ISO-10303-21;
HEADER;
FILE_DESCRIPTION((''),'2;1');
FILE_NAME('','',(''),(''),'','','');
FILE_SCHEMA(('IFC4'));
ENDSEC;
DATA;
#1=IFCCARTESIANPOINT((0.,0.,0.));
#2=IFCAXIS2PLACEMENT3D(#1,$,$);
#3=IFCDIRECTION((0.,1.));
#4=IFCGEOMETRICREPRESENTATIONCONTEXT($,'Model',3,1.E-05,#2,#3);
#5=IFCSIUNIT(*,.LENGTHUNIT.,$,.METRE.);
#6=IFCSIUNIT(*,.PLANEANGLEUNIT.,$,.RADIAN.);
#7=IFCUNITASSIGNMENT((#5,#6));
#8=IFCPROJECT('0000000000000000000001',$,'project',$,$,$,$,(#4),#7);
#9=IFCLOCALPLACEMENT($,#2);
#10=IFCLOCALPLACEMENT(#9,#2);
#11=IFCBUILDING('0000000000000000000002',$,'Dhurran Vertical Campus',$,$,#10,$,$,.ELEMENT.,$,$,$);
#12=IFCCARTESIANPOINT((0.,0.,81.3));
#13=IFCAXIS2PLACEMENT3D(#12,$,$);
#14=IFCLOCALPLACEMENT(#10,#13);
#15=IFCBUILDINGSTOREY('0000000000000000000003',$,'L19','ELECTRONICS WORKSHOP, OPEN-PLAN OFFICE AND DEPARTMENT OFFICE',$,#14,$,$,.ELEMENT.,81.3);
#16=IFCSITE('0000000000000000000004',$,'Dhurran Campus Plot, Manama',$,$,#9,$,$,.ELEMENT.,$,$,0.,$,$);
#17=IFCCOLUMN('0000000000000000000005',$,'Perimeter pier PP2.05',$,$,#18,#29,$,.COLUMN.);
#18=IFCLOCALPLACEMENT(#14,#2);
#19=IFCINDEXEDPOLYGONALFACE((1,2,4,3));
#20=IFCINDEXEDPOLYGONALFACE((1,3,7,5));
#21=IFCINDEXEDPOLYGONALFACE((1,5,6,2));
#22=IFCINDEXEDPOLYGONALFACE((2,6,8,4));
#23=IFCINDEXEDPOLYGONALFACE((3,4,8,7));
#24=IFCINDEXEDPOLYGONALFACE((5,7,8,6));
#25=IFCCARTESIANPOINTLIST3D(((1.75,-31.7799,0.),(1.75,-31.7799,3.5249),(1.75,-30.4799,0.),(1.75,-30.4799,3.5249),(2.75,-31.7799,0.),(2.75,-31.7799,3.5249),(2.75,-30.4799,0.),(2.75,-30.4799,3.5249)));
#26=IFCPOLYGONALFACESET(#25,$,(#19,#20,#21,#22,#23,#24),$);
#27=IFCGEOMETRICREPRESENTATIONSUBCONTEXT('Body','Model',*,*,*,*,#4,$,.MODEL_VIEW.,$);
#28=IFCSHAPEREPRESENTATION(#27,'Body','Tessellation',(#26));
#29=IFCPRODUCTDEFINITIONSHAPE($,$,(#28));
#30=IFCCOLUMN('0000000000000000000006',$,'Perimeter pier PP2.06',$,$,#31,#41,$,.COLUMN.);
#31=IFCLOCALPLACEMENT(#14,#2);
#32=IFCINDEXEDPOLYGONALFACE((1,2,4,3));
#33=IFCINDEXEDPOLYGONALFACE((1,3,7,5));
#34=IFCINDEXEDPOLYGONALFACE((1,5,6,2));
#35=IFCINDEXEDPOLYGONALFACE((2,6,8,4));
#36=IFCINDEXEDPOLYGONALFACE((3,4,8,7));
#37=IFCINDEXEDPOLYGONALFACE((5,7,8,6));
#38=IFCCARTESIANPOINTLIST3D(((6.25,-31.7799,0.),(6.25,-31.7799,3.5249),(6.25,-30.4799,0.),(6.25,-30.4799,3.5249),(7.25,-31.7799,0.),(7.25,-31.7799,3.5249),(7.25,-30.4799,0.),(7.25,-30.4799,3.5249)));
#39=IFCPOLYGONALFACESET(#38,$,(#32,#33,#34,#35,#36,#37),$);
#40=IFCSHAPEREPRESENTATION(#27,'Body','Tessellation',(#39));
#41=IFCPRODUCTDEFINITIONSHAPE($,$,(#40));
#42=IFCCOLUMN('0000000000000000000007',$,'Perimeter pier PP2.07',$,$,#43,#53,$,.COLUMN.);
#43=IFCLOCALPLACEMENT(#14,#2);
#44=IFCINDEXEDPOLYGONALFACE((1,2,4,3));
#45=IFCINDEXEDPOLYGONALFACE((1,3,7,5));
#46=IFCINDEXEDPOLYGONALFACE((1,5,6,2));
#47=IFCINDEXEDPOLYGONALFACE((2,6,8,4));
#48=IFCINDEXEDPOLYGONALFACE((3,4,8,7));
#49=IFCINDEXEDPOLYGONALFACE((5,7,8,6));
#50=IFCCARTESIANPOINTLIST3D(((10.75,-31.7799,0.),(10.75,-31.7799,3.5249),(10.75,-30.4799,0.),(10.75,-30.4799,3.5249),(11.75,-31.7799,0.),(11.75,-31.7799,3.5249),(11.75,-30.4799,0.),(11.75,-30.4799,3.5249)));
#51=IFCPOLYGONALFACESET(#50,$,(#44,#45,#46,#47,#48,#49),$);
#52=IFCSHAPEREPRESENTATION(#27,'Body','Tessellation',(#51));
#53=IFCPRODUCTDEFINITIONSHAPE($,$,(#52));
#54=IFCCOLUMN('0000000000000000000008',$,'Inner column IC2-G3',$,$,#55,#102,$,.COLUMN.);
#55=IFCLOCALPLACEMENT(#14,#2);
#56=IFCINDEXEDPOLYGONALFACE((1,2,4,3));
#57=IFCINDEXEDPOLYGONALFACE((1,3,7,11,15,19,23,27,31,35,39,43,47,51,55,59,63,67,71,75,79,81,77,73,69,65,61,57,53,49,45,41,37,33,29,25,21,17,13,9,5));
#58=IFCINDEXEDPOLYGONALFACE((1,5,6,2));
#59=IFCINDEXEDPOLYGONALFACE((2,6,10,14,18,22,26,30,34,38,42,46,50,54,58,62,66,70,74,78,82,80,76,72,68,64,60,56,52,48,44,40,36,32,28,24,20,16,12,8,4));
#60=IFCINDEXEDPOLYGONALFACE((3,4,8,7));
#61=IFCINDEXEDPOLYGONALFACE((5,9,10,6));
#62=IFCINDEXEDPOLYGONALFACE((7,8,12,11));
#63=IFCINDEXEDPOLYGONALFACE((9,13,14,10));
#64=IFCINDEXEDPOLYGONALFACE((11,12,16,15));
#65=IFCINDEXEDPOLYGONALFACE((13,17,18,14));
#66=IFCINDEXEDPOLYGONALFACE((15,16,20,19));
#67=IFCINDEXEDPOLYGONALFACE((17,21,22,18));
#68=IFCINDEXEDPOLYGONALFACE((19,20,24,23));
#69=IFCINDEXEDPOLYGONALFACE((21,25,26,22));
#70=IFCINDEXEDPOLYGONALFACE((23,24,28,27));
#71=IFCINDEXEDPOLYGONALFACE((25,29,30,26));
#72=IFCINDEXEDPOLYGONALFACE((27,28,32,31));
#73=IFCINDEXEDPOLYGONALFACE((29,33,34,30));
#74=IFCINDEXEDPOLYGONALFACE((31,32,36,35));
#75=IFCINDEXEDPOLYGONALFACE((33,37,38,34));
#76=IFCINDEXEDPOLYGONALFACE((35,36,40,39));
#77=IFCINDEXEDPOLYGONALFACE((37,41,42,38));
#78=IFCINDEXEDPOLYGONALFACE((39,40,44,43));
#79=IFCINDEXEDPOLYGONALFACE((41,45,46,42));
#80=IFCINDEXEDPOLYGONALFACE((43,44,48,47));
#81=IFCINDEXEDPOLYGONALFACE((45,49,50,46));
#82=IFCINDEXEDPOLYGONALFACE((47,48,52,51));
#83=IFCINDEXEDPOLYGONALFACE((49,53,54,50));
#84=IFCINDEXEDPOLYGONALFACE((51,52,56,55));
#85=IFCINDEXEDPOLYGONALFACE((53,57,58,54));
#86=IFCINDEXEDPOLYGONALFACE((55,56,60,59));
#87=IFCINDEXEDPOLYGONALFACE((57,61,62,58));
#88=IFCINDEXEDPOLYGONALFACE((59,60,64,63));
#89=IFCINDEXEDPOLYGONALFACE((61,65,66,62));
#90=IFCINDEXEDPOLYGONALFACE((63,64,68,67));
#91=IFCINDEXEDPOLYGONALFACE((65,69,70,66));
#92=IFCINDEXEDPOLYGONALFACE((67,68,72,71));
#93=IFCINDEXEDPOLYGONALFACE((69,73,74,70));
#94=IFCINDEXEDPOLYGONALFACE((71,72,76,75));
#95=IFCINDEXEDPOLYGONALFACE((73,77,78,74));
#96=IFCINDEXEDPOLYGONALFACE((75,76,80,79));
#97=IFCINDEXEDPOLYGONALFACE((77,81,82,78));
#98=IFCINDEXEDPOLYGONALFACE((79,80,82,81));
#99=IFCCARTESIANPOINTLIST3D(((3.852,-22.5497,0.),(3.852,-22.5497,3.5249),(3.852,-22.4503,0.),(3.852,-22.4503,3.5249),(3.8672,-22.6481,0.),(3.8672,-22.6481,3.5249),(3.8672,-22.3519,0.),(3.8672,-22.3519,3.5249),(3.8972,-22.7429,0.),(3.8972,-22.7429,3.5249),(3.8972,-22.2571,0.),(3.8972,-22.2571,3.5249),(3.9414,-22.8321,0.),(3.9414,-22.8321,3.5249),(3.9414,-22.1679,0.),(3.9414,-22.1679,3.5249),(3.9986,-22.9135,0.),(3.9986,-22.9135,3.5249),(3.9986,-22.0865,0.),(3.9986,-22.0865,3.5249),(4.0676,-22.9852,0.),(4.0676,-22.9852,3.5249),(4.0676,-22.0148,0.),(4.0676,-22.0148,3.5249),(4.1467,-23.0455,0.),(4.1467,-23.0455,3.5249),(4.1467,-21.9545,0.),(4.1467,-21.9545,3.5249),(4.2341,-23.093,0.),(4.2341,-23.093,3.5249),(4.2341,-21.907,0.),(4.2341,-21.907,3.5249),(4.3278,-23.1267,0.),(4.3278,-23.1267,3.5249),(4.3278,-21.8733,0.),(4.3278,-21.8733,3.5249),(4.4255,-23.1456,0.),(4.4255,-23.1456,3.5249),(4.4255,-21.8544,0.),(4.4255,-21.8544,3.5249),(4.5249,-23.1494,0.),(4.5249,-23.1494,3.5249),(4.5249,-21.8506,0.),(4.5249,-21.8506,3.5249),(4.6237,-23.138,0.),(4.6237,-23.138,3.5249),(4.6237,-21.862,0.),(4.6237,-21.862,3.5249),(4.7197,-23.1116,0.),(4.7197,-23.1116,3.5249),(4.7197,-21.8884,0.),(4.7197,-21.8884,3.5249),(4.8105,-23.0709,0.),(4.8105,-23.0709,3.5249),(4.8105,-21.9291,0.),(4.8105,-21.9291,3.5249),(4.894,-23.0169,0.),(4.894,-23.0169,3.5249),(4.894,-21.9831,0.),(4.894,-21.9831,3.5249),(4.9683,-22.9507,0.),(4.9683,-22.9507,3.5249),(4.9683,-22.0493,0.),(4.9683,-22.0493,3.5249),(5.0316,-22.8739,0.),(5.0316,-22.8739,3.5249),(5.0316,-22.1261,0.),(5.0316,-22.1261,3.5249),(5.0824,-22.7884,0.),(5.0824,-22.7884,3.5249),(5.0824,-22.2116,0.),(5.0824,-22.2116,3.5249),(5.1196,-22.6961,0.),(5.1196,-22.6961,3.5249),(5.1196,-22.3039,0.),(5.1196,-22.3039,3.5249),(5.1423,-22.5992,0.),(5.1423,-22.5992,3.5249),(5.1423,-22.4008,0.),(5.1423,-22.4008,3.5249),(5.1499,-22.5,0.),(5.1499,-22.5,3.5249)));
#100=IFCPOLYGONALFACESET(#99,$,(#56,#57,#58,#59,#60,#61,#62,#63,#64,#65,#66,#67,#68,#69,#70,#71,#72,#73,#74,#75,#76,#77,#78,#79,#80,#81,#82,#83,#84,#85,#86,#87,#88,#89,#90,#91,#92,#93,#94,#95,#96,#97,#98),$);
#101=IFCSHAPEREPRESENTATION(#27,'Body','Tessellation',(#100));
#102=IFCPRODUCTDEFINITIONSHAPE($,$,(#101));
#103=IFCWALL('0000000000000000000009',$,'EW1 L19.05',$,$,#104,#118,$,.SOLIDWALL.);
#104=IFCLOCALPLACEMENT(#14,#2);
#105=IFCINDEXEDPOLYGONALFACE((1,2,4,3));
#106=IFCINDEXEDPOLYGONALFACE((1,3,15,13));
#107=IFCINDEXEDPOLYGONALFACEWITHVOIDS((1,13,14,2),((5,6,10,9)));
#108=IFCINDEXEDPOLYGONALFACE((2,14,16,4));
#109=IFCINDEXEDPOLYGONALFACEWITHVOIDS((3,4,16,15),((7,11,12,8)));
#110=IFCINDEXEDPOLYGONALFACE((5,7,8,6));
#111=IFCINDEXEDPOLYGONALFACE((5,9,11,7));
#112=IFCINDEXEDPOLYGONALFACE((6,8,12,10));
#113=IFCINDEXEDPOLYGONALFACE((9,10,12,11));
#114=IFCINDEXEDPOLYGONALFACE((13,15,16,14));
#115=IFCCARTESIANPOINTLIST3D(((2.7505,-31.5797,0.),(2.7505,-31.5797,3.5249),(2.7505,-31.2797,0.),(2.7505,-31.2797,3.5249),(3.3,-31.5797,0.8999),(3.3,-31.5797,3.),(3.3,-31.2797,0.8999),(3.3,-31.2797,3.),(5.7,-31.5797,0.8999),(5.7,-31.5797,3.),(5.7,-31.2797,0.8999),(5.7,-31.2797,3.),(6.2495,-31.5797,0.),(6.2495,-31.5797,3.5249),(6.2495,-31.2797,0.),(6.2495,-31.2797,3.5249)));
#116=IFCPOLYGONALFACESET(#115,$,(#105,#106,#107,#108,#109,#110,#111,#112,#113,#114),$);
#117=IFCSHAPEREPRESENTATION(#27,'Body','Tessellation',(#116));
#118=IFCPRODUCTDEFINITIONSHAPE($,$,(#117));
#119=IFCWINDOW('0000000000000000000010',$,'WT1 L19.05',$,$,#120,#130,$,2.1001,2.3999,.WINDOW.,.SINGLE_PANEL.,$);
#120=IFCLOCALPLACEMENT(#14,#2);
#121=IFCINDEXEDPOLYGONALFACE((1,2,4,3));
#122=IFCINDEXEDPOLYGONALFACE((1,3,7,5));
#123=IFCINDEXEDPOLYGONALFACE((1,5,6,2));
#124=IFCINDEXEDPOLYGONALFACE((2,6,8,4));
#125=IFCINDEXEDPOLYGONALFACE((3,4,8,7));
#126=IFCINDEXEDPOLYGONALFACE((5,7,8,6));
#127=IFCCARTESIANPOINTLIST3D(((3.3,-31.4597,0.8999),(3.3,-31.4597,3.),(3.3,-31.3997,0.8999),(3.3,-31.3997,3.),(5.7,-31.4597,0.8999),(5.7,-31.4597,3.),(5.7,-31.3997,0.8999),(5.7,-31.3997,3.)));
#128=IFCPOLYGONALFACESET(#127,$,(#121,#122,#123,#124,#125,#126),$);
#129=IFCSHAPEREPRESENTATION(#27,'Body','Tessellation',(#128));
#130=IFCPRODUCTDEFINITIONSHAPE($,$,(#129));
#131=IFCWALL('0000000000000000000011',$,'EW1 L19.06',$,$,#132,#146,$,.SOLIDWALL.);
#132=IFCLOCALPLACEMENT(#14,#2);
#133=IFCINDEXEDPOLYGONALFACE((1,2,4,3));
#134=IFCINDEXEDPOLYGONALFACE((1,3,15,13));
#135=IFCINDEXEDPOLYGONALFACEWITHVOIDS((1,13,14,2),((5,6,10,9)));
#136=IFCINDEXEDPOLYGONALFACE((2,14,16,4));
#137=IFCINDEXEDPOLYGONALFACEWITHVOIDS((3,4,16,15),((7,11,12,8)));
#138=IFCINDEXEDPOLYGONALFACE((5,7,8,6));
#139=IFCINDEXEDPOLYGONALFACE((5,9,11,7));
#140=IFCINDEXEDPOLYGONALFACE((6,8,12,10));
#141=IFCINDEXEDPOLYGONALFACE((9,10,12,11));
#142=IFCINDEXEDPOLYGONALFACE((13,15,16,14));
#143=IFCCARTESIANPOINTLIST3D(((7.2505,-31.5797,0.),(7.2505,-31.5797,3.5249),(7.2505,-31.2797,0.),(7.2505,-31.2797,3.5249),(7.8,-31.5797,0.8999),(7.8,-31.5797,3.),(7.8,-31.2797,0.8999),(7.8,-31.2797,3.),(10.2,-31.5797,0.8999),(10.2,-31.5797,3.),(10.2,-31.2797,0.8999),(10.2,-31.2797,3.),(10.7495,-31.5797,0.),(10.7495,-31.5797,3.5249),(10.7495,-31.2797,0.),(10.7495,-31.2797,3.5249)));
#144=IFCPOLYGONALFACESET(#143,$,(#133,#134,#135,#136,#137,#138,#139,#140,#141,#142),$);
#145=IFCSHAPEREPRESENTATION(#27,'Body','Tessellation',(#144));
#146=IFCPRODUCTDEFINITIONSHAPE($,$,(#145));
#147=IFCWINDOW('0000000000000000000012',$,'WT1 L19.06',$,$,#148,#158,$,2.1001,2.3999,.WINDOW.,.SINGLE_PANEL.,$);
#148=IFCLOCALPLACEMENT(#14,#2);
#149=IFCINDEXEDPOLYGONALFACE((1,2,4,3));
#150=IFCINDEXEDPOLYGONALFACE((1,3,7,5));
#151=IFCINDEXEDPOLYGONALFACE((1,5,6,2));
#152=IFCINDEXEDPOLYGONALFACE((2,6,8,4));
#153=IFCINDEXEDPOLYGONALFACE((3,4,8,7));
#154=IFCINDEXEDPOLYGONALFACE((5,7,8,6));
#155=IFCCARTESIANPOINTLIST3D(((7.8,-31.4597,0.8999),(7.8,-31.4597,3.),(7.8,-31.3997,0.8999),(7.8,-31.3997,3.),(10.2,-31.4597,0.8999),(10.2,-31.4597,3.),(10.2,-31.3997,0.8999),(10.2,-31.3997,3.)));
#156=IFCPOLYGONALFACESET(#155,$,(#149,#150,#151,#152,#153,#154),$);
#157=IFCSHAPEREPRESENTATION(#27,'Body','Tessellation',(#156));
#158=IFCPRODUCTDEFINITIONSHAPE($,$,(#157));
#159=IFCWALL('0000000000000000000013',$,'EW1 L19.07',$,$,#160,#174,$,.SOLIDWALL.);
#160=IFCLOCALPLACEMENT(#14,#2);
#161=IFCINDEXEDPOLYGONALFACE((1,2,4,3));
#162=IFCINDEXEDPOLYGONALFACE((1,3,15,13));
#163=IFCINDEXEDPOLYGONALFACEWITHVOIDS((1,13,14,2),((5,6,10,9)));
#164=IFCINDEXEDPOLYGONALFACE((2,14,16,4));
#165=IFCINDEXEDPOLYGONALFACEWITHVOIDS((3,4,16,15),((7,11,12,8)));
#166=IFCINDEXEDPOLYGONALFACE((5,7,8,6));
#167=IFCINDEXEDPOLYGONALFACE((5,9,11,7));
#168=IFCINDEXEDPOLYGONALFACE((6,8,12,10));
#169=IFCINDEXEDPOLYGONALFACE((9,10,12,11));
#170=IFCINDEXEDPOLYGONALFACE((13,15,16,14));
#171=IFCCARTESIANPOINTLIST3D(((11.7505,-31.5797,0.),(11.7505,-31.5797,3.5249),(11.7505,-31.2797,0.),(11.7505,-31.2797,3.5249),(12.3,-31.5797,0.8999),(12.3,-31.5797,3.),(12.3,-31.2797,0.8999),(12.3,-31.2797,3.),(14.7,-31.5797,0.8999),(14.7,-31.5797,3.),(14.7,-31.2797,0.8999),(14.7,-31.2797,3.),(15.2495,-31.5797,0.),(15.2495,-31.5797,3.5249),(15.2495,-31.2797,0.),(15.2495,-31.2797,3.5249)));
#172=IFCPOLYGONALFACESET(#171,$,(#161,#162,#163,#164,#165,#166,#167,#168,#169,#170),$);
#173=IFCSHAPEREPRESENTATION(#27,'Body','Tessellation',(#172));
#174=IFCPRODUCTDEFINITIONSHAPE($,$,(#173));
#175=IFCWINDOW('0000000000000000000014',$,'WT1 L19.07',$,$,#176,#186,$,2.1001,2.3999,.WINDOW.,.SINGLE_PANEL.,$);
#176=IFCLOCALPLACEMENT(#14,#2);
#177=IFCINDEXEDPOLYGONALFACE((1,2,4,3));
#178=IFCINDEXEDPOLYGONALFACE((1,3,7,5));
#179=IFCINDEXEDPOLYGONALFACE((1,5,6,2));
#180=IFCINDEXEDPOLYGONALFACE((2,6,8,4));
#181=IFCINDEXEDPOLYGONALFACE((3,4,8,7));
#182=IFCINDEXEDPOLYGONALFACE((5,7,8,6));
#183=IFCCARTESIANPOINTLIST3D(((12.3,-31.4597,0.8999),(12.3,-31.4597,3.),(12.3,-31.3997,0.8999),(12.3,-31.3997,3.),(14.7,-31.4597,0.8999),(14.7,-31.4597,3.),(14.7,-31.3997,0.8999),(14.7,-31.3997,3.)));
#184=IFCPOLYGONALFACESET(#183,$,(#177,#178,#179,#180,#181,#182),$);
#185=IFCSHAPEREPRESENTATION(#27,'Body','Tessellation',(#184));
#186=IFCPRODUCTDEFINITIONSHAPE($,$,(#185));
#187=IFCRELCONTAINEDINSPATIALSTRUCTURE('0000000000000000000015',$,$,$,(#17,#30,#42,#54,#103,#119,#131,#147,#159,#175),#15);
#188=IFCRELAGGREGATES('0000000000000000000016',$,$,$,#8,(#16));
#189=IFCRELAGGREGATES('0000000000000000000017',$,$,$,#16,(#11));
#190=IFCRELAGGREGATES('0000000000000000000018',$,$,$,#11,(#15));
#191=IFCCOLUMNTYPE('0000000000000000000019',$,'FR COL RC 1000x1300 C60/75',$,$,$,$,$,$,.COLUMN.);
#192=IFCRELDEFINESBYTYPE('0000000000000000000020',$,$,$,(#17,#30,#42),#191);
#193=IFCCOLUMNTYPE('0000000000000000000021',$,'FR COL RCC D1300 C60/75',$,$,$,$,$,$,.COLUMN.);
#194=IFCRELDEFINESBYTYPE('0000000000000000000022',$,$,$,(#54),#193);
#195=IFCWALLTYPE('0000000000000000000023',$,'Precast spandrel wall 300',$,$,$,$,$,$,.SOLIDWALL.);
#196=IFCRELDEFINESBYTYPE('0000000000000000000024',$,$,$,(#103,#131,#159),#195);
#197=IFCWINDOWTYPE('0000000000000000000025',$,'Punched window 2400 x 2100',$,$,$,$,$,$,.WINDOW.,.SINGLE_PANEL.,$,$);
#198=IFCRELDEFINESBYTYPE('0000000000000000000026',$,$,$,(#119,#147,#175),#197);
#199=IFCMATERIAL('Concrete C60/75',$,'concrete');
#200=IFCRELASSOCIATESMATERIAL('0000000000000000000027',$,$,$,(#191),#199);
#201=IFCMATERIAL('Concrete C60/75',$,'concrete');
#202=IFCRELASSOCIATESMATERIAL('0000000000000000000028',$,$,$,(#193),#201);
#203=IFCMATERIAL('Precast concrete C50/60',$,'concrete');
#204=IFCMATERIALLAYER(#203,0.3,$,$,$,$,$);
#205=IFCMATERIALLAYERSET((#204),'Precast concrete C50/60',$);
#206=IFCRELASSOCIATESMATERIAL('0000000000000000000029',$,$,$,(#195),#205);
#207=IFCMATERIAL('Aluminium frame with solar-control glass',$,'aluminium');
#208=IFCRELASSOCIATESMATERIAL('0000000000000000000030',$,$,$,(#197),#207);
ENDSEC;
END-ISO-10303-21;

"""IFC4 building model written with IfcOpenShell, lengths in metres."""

from ifc_helpers import new_model, si_unit, direction, frame, frame_2d, origin, origin_2d, place, context, subcontext, project, spatial, rectangle, circle, extrude, material, layer, layer_set, material_profile, profile_set, type_object, element, fill, save


model = new_model("IFC4")

# Units and contexts
model_context = context("Model", 3, precision=1e-05, world=origin(), true_north=direction((0.0, 1.0)))
body_context = subcontext(model_context, "Body", "Model", "MODEL_VIEW")
ifc_project = project(units=[si_unit("LENGTHUNIT", "METRE"), si_unit("PLANEANGLEUNIT", "RADIAN")], contexts=[model_context])

# Site, building, storey
site_placement = place(None, origin())
site = spatial("IfcSite", under=ifc_project, at=site_placement, Name="Dhurran Campus Plot, Manama", CompositionType="ELEMENT", RefElevation=0.0)
building_placement = place(site_placement, origin())
building = spatial("IfcBuilding", under=site, at=building_placement, Name="Dhurran Vertical Campus", CompositionType="ELEMENT")
storey_placement = place(building_placement, frame((0.0, 0.0, 81.3)))
storey = spatial("IfcBuildingStorey", under=building, at=storey_placement, Name="L19", Description="ELECTRONICS WORKSHOP, OPEN-PLAN OFFICE AND DEPARTMENT OFFICE", CompositionType="ELEMENT", Elevation=81.3)

# Columns
ifc_material_1 = material(Name="Concrete C60/75", Category="concrete")
ifc_material_profile_1 = material_profile(ifc_material_1, rectangle(XDim=1.0, YDim=1.3, at=origin_2d()), Name="RC 1000x1300")
ifc_profile_set_1 = profile_set([ifc_material_profile_1], Name="Concrete C60/75")
column_type_1 = type_object("IfcColumnType", Name="FR COL RC 1000x1300 C60/75", PredefinedType="COLUMN", material=ifc_profile_set_1)
for number, where, z_axis, x_axis, name in (
    (1, (2.25, -31.1299, 0.0), (0.0, 0.0, 1.0), (1.0, 0.0, 0.0), "Perimeter pier PP2.05"),
    (2, (6.75, -31.1299, 0.0), (0.0, 0.0, 1.0), (1.0, 0.0, 0.0), "Perimeter pier PP2.06"),
    (3, (11.25, -31.1299, 0.0), (0.0, 0.0, 1.0), (1.0, 0.0, 0.0), "Perimeter pier PP2.07"),
):
    element("IfcColumn", number, at=place(storey_placement, frame(where, z_axis=z_axis, x_axis=x_axis)), inside=storey, type_object=column_type_1, Name=name, PredefinedType="COLUMN", context=body_context, shape_type="SweptSolid", body=[
        extrude(rectangle(XDim=1.0, YDim=1.3, at=origin_2d()), origin(), (0.0, 0.0, 1.0), 3.5249),
    ])
ifc_material_2 = material(Name="Concrete C60/75", Category="concrete")
ifc_material_profile_2 = material_profile(ifc_material_2, circle(Radius=0.6499, at=origin_2d()), Name="RCC D1300")
ifc_profile_set_2 = profile_set([ifc_material_profile_2], Name="Concrete C60/75")
column_type_2 = type_object("IfcColumnType", Name="FR COL RCC D1300 C60/75", PredefinedType="COLUMN", material=ifc_profile_set_2)
column_placement = place(storey_placement, frame((4.5, -22.5, 0.0), z_axis=(0.0, 0.0, 1.0), x_axis=(1.0, 0.0, 0.0)))
element("IfcColumn", 4, at=column_placement, inside=storey, type_object=column_type_2, Name="Inner column IC2-G3", PredefinedType="COLUMN", context=body_context, shape_type="SweptSolid", body=[
    extrude(circle(Radius=0.6499, at=origin_2d()), origin(), (0.0, 0.0, 1.0), 3.5249),
])

# Walls, openings, windows
ifc_material_3 = material(Name="Precast concrete C50/60", Category="concrete")
ifc_layer_1 = layer(ifc_material_3, 0.3)
ifc_layer_set_1 = layer_set([ifc_layer_1], Name="Precast concrete C50/60")
wall_type_1 = type_object("IfcWallType", Name="Precast spandrel wall 300", PredefinedType="SOLIDWALL", material=ifc_layer_set_1)
wall_1_placement = place(storey_placement, frame((2.7505, -31.4297, 0.0), z_axis=(0.0, 0.0, 1.0), x_axis=(1.0, 0.0, 0.0)))
wall_1 = element("IfcWall", 5, at=wall_1_placement, inside=storey, type_object=wall_type_1, Name="EW1 L19.05", PredefinedType="SOLIDWALL", context=body_context, shape_type="SweptSolid", body=[
    extrude(rectangle(XDim=3.499, YDim=0.3, at=frame_2d((1.7495, 0.0))), origin(), (0.0, 0.0, 1.0), 3.5249),
])
opening_1_placement = place(wall_1_placement, frame((0.5496, 0.0, 0.8999)))
opening_1 = element("IfcOpeningElement", 6, at=opening_1_placement, cuts=wall_1, PredefinedType="OPENING", context=body_context, shape_type="SweptSolid", body=[
    extrude(rectangle(XDim=2.3999, YDim=2.1001, at=frame_2d((1.2, 1.05))), frame((0.0, 0.1599, 0.0), z_axis=(0.0, -1.0, 0.0), x_axis=(1.0, 0.0, 0.0)), (0.0, 0.0, 1.0), 0.3201),
])
ifc_material_4 = material(Name="Aluminium frame with solar-control glass", Category="aluminium")
window_type = type_object("IfcWindowType", Name="Punched window 2400 x 2100", PartitioningType="SINGLE_PANEL", PredefinedType="WINDOW", material=ifc_material_4)
window_1_placement = place(opening_1_placement, origin())
window_1 = element("IfcWindow", 7, at=window_1_placement, inside=storey, type_object=window_type, Name="WT1 L19.05", OverallHeight=2.1001, OverallWidth=2.3999, PartitioningType="SINGLE_PANEL", PredefinedType="WINDOW", context=body_context, shape_type="SweptSolid", body=[
    extrude(rectangle(XDim=2.3999, YDim=2.1001, at=frame_2d((1.2, 1.05))), frame((0.0, 0.03, 0.0), z_axis=(0.0, -1.0, 0.0), x_axis=(1.0, 0.0, 0.0)), (0.0, 0.0, 1.0), 0.0601),
])
fill(opening_1, window_1)
wall_2_placement = place(storey_placement, frame((7.2505, -31.4297, 0.0), z_axis=(0.0, 0.0, 1.0), x_axis=(1.0, 0.0, 0.0)))
wall_2 = element("IfcWall", 8, at=wall_2_placement, inside=storey, type_object=wall_type_1, Name="EW1 L19.06", PredefinedType="SOLIDWALL", context=body_context, shape_type="SweptSolid", body=[
    extrude(rectangle(XDim=3.499, YDim=0.3, at=frame_2d((1.7495, 0.0))), origin(), (0.0, 0.0, 1.0), 3.5249),
])
opening_2_placement = place(wall_2_placement, frame((0.5496, 0.0, 0.8999)))
opening_2 = element("IfcOpeningElement", 9, at=opening_2_placement, cuts=wall_2, PredefinedType="OPENING", context=body_context, shape_type="SweptSolid", body=[
    extrude(rectangle(XDim=2.3999, YDim=2.1001, at=frame_2d((1.2, 1.05))), frame((0.0, 0.1599, 0.0), z_axis=(0.0, -1.0, 0.0), x_axis=(1.0, 0.0, 0.0)), (0.0, 0.0, 1.0), 0.3201),
])
window_2_placement = place(opening_2_placement, origin())
window_2 = element("IfcWindow", 10, at=window_2_placement, inside=storey, type_object=window_type, Name="WT1 L19.06", OverallHeight=2.1001, OverallWidth=2.3999, PartitioningType="SINGLE_PANEL", PredefinedType="WINDOW", context=body_context, shape_type="SweptSolid", body=[
    extrude(rectangle(XDim=2.3999, YDim=2.1001, at=frame_2d((1.2, 1.05))), frame((0.0, 0.03, 0.0), z_axis=(0.0, -1.0, 0.0), x_axis=(1.0, 0.0, 0.0)), (0.0, 0.0, 1.0), 0.0601),
])
fill(opening_2, window_2)
wall_3_placement = place(storey_placement, frame((11.7505, -31.4297, 0.0), z_axis=(0.0, 0.0, 1.0), x_axis=(1.0, 0.0, 0.0)))
wall_3 = element("IfcWall", 11, at=wall_3_placement, inside=storey, type_object=wall_type_1, Name="EW1 L19.07", PredefinedType="SOLIDWALL", context=body_context, shape_type="SweptSolid", body=[
    extrude(rectangle(XDim=3.499, YDim=0.3, at=frame_2d((1.7495, 0.0))), origin(), (0.0, 0.0, 1.0), 3.5249),
])
opening_3_placement = place(wall_3_placement, frame((0.5496, 0.0, 0.8999)))
opening_3 = element("IfcOpeningElement", 12, at=opening_3_placement, cuts=wall_3, PredefinedType="OPENING", context=body_context, shape_type="SweptSolid", body=[
    extrude(rectangle(XDim=2.3999, YDim=2.1001, at=frame_2d((1.2, 1.05))), frame((0.0, 0.1599, 0.0), z_axis=(0.0, -1.0, 0.0), x_axis=(1.0, 0.0, 0.0)), (0.0, 0.0, 1.0), 0.3201),
])
window_3_placement = place(opening_3_placement, origin())
window_3 = element("IfcWindow", 13, at=window_3_placement, inside=storey, type_object=window_type, Name="WT1 L19.07", OverallHeight=2.1001, OverallWidth=2.3999, PartitioningType="SINGLE_PANEL", PredefinedType="WINDOW", context=body_context, shape_type="SweptSolid", body=[
    extrude(rectangle(XDim=2.3999, YDim=2.1001, at=frame_2d((1.2, 1.05))), frame((0.0, 0.03, 0.0), z_axis=(0.0, -1.0, 0.0), x_axis=(1.0, 0.0, 0.0)), (0.0, 0.0, 1.0), 0.0601),
])
fill(opening_3, window_3)

save(model, "model.ifc")
